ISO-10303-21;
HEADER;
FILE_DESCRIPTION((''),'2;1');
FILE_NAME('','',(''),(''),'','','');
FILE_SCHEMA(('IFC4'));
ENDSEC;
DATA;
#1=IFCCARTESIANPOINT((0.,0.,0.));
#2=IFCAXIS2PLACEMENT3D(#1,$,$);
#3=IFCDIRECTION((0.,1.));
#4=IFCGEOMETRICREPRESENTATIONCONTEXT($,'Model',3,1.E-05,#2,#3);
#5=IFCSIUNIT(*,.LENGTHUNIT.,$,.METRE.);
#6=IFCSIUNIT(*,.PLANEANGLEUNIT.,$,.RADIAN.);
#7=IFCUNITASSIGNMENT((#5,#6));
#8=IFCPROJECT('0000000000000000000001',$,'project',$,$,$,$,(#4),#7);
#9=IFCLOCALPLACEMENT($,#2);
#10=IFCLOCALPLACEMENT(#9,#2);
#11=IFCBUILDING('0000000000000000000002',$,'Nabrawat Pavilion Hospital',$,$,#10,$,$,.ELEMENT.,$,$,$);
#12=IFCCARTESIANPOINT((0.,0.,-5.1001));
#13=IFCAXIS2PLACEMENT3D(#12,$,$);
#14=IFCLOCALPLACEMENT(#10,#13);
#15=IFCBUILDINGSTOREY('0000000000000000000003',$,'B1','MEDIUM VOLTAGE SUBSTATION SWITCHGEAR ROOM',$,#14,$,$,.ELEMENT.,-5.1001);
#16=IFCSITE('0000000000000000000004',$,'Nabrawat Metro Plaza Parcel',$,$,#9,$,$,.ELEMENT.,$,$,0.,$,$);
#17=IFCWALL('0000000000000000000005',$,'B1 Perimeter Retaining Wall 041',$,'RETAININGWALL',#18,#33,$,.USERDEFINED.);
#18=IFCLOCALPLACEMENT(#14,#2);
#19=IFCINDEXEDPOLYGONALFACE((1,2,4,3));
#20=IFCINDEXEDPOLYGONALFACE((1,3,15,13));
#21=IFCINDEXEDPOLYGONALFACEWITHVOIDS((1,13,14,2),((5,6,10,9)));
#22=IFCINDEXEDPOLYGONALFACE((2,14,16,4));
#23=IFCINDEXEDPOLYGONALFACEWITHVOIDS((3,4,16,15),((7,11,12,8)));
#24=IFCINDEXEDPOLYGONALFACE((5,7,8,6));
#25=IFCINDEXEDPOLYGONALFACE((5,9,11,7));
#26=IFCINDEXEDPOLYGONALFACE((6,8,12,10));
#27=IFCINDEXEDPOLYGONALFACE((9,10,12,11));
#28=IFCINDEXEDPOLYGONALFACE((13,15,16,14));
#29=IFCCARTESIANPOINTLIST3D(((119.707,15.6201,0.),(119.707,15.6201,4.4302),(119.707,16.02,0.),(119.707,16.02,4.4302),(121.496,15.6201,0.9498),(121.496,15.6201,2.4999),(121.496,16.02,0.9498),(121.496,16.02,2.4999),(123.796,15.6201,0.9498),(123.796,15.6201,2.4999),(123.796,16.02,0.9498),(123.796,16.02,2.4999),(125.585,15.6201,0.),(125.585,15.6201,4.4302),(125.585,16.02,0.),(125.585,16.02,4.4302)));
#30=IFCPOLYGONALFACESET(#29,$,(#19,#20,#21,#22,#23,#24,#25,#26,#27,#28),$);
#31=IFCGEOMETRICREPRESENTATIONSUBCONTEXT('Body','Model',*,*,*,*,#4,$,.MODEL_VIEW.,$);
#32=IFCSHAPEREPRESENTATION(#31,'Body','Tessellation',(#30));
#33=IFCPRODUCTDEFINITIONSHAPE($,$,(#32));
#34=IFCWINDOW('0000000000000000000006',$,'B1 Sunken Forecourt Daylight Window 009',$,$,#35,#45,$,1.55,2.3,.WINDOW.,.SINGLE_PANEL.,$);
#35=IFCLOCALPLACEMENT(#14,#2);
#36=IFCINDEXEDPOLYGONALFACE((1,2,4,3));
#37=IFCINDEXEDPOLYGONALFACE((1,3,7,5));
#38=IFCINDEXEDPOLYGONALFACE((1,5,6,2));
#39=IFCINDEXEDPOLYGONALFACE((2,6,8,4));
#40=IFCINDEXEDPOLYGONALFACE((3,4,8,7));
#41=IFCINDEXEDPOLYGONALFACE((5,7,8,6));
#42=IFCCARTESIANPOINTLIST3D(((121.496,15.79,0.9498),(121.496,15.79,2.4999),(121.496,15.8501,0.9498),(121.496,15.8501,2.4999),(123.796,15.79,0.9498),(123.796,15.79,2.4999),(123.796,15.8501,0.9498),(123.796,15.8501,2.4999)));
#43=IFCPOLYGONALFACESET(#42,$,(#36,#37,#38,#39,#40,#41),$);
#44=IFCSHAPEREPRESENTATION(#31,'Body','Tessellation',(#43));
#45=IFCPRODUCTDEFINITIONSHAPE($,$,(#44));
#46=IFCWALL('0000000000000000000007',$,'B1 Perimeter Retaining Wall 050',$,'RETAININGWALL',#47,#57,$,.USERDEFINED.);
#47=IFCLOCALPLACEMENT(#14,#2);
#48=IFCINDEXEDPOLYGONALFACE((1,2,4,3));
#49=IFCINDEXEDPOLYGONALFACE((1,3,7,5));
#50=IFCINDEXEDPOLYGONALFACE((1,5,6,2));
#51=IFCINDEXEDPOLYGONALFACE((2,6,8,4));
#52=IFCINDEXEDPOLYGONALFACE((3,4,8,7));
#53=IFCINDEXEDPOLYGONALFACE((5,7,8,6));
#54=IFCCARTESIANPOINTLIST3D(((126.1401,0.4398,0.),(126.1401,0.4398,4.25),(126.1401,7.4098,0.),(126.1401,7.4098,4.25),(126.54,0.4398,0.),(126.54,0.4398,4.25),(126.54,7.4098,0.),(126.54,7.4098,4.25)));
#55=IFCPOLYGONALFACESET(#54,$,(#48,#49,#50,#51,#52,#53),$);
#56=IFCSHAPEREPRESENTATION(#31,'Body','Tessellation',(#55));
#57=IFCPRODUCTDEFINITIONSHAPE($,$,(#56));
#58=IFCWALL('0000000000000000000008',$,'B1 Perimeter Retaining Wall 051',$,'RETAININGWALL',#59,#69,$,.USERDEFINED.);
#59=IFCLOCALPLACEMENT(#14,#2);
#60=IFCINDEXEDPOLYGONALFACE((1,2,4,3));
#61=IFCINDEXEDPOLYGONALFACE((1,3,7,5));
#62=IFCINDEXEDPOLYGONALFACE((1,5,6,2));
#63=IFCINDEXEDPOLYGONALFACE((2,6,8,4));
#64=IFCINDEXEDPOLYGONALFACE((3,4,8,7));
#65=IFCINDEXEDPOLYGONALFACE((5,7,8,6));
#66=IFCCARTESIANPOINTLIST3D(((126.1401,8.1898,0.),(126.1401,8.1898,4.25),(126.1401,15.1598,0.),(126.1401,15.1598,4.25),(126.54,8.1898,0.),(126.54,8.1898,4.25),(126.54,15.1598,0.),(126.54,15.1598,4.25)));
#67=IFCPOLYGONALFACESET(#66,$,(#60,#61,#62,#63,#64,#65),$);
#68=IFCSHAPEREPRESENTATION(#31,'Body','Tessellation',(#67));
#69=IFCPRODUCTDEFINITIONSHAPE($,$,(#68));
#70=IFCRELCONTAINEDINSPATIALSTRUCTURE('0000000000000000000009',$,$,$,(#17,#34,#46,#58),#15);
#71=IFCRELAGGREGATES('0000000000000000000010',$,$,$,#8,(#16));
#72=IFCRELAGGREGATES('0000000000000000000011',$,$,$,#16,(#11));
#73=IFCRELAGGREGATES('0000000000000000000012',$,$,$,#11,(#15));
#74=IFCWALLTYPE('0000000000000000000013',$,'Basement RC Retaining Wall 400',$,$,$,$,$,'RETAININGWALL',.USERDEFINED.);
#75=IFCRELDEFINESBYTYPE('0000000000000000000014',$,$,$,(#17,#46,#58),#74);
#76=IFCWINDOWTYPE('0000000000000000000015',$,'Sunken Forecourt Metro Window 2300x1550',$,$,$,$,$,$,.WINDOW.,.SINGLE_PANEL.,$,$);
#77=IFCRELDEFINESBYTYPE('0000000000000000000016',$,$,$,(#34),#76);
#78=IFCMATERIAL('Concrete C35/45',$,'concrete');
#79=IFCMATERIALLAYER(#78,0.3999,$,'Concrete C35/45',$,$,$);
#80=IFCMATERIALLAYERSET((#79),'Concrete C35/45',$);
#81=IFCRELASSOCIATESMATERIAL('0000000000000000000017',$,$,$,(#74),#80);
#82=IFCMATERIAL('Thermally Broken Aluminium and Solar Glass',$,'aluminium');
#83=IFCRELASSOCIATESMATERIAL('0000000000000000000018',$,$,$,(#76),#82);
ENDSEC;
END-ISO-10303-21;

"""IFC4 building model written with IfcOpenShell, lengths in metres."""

from ifc_helpers import new_model, si_unit, direction, frame, frame_2d, origin, place, context, subcontext, project, spatial, rectangle, extrude, material, layer, layer_set, type_object, element, fill, save


model = new_model("IFC4")

# Units and contexts
model_context = context("Model", 3, precision=1e-05, world=origin(), true_north=direction((0.0, 1.0)))
body_context = subcontext(model_context, "Body", "Model", "MODEL_VIEW")
ifc_project = project(units=[si_unit("LENGTHUNIT", "METRE"), si_unit("PLANEANGLEUNIT", "RADIAN")], contexts=[model_context])

# Site, building, storey
site_placement = place(None, origin())
site = spatial("IfcSite", under=ifc_project, at=site_placement, Name="Nabrawat Metro Plaza Parcel", CompositionType="ELEMENT", RefElevation=0.0)
building_placement = place(site_placement, origin())
building = spatial("IfcBuilding", under=site, at=building_placement, Name="Nabrawat Pavilion Hospital", CompositionType="ELEMENT")
storey_placement = place(building_placement, frame((0.0, 0.0, -5.1001)))
storey = spatial("IfcBuildingStorey", under=building, at=storey_placement, Name="B1", Description="MEDIUM VOLTAGE SUBSTATION SWITCHGEAR ROOM", CompositionType="ELEMENT", Elevation=-5.1001)

# Shared definitions
ifc_material_1 = material(Name="Concrete C35/45", Category="concrete")

# Wall, opening, window
ifc_layer_1 = layer(ifc_material_1, 0.3999, Name="Concrete C35/45")
ifc_layer_set_1 = layer_set([ifc_layer_1], Name="Concrete C35/45")
wall_type_1 = type_object("IfcWallType", Name="Basement RC Retaining Wall 400", ElementType="RETAININGWALL", PredefinedType="USERDEFINED", material=ifc_layer_set_1)
ifc_material_2 = material(Name="Thermally Broken Aluminium and Solar Glass", Category="aluminium")
window_type = type_object("IfcWindowType", Name="Sunken Forecourt Metro Window 2300x1550", PartitioningType="SINGLE_PANEL", PredefinedType="WINDOW", material=ifc_material_2)
wall_1_placement = place(storey_placement, frame((119.707, 15.8201, 0.0), z_axis=(0.0, 0.0, 1.0), x_axis=(1.0, 0.0, 0.0)))
wall_1 = element("IfcWall", 1, at=wall_1_placement, inside=storey, type_object=wall_type_1, Name="B1 Perimeter Retaining Wall 041", ObjectType="RETAININGWALL", PredefinedType="USERDEFINED", context=body_context, shape_type="SweptSolid", body=[
    extrude(rectangle(XDim=5.8779, YDim=0.3999, at=frame_2d((2.939, 0.0))), origin(), (0.0, 0.0, 1.0), 4.4302),
])
opening_1_placement = place(wall_1_placement, frame((1.7891, 0.0, 0.95)))
opening_1 = element("IfcOpeningElement", 2, at=opening_1_placement, cuts=wall_1, PredefinedType="OPENING", context=body_context, shape_type="SweptSolid", body=[
    extrude(rectangle(XDim=2.3, YDim=1.55, at=frame_2d((1.1499, 0.7749))), frame((0.0, 0.21, 0.0), z_axis=(0.0, -1.0, 0.0), x_axis=(1.0, 0.0, 0.0)), (0.0, 0.0, 1.0), 0.4199),
])
window_1_placement = place(opening_1_placement, origin())
window_1 = element("IfcWindow", 3, at=window_1_placement, inside=storey, type_object=window_type, Name="B1 Sunken Forecourt Daylight Window 009", OverallHeight=1.55, OverallWidth=2.3, PartitioningType="SINGLE_PANEL", PredefinedType="WINDOW", context=body_context, shape_type="SweptSolid", body=[
    extrude(rectangle(XDim=2.3, YDim=1.55, at=frame_2d((1.1499, 0.7749))), frame((0.0, 0.03, 0.0), z_axis=(0.0, -1.0, 0.0), x_axis=(1.0, 0.0, 0.0)), (0.0, 0.0, 1.0), 0.0601),
])
fill(opening_1, window_1)

# Walls
for number, where, z_axis, x_axis, name in (
    (4, (126.3401, 0.4399, 0.0), (0.0, 0.0, 1.0), (0.0, 1.0, 0.0), "B1 Perimeter Retaining Wall 050"),
    (5, (126.3401, 8.1899, 0.0), (0.0, 0.0, 1.0), (0.0, 1.0, 0.0), "B1 Perimeter Retaining Wall 051"),
):
    element("IfcWall", number, at=place(storey_placement, frame(where, z_axis=z_axis, x_axis=x_axis)), inside=storey, type_object=wall_type_1, Name=name, ObjectType="RETAININGWALL", PredefinedType="USERDEFINED", context=body_context, shape_type="SweptSolid", body=[
        extrude(rectangle(XDim=6.97, YDim=0.3999, at=frame_2d((3.4849, 0.0))), origin(), (0.0, 0.0, 1.0), 4.25),
    ])

save(model, "model.ifc")
